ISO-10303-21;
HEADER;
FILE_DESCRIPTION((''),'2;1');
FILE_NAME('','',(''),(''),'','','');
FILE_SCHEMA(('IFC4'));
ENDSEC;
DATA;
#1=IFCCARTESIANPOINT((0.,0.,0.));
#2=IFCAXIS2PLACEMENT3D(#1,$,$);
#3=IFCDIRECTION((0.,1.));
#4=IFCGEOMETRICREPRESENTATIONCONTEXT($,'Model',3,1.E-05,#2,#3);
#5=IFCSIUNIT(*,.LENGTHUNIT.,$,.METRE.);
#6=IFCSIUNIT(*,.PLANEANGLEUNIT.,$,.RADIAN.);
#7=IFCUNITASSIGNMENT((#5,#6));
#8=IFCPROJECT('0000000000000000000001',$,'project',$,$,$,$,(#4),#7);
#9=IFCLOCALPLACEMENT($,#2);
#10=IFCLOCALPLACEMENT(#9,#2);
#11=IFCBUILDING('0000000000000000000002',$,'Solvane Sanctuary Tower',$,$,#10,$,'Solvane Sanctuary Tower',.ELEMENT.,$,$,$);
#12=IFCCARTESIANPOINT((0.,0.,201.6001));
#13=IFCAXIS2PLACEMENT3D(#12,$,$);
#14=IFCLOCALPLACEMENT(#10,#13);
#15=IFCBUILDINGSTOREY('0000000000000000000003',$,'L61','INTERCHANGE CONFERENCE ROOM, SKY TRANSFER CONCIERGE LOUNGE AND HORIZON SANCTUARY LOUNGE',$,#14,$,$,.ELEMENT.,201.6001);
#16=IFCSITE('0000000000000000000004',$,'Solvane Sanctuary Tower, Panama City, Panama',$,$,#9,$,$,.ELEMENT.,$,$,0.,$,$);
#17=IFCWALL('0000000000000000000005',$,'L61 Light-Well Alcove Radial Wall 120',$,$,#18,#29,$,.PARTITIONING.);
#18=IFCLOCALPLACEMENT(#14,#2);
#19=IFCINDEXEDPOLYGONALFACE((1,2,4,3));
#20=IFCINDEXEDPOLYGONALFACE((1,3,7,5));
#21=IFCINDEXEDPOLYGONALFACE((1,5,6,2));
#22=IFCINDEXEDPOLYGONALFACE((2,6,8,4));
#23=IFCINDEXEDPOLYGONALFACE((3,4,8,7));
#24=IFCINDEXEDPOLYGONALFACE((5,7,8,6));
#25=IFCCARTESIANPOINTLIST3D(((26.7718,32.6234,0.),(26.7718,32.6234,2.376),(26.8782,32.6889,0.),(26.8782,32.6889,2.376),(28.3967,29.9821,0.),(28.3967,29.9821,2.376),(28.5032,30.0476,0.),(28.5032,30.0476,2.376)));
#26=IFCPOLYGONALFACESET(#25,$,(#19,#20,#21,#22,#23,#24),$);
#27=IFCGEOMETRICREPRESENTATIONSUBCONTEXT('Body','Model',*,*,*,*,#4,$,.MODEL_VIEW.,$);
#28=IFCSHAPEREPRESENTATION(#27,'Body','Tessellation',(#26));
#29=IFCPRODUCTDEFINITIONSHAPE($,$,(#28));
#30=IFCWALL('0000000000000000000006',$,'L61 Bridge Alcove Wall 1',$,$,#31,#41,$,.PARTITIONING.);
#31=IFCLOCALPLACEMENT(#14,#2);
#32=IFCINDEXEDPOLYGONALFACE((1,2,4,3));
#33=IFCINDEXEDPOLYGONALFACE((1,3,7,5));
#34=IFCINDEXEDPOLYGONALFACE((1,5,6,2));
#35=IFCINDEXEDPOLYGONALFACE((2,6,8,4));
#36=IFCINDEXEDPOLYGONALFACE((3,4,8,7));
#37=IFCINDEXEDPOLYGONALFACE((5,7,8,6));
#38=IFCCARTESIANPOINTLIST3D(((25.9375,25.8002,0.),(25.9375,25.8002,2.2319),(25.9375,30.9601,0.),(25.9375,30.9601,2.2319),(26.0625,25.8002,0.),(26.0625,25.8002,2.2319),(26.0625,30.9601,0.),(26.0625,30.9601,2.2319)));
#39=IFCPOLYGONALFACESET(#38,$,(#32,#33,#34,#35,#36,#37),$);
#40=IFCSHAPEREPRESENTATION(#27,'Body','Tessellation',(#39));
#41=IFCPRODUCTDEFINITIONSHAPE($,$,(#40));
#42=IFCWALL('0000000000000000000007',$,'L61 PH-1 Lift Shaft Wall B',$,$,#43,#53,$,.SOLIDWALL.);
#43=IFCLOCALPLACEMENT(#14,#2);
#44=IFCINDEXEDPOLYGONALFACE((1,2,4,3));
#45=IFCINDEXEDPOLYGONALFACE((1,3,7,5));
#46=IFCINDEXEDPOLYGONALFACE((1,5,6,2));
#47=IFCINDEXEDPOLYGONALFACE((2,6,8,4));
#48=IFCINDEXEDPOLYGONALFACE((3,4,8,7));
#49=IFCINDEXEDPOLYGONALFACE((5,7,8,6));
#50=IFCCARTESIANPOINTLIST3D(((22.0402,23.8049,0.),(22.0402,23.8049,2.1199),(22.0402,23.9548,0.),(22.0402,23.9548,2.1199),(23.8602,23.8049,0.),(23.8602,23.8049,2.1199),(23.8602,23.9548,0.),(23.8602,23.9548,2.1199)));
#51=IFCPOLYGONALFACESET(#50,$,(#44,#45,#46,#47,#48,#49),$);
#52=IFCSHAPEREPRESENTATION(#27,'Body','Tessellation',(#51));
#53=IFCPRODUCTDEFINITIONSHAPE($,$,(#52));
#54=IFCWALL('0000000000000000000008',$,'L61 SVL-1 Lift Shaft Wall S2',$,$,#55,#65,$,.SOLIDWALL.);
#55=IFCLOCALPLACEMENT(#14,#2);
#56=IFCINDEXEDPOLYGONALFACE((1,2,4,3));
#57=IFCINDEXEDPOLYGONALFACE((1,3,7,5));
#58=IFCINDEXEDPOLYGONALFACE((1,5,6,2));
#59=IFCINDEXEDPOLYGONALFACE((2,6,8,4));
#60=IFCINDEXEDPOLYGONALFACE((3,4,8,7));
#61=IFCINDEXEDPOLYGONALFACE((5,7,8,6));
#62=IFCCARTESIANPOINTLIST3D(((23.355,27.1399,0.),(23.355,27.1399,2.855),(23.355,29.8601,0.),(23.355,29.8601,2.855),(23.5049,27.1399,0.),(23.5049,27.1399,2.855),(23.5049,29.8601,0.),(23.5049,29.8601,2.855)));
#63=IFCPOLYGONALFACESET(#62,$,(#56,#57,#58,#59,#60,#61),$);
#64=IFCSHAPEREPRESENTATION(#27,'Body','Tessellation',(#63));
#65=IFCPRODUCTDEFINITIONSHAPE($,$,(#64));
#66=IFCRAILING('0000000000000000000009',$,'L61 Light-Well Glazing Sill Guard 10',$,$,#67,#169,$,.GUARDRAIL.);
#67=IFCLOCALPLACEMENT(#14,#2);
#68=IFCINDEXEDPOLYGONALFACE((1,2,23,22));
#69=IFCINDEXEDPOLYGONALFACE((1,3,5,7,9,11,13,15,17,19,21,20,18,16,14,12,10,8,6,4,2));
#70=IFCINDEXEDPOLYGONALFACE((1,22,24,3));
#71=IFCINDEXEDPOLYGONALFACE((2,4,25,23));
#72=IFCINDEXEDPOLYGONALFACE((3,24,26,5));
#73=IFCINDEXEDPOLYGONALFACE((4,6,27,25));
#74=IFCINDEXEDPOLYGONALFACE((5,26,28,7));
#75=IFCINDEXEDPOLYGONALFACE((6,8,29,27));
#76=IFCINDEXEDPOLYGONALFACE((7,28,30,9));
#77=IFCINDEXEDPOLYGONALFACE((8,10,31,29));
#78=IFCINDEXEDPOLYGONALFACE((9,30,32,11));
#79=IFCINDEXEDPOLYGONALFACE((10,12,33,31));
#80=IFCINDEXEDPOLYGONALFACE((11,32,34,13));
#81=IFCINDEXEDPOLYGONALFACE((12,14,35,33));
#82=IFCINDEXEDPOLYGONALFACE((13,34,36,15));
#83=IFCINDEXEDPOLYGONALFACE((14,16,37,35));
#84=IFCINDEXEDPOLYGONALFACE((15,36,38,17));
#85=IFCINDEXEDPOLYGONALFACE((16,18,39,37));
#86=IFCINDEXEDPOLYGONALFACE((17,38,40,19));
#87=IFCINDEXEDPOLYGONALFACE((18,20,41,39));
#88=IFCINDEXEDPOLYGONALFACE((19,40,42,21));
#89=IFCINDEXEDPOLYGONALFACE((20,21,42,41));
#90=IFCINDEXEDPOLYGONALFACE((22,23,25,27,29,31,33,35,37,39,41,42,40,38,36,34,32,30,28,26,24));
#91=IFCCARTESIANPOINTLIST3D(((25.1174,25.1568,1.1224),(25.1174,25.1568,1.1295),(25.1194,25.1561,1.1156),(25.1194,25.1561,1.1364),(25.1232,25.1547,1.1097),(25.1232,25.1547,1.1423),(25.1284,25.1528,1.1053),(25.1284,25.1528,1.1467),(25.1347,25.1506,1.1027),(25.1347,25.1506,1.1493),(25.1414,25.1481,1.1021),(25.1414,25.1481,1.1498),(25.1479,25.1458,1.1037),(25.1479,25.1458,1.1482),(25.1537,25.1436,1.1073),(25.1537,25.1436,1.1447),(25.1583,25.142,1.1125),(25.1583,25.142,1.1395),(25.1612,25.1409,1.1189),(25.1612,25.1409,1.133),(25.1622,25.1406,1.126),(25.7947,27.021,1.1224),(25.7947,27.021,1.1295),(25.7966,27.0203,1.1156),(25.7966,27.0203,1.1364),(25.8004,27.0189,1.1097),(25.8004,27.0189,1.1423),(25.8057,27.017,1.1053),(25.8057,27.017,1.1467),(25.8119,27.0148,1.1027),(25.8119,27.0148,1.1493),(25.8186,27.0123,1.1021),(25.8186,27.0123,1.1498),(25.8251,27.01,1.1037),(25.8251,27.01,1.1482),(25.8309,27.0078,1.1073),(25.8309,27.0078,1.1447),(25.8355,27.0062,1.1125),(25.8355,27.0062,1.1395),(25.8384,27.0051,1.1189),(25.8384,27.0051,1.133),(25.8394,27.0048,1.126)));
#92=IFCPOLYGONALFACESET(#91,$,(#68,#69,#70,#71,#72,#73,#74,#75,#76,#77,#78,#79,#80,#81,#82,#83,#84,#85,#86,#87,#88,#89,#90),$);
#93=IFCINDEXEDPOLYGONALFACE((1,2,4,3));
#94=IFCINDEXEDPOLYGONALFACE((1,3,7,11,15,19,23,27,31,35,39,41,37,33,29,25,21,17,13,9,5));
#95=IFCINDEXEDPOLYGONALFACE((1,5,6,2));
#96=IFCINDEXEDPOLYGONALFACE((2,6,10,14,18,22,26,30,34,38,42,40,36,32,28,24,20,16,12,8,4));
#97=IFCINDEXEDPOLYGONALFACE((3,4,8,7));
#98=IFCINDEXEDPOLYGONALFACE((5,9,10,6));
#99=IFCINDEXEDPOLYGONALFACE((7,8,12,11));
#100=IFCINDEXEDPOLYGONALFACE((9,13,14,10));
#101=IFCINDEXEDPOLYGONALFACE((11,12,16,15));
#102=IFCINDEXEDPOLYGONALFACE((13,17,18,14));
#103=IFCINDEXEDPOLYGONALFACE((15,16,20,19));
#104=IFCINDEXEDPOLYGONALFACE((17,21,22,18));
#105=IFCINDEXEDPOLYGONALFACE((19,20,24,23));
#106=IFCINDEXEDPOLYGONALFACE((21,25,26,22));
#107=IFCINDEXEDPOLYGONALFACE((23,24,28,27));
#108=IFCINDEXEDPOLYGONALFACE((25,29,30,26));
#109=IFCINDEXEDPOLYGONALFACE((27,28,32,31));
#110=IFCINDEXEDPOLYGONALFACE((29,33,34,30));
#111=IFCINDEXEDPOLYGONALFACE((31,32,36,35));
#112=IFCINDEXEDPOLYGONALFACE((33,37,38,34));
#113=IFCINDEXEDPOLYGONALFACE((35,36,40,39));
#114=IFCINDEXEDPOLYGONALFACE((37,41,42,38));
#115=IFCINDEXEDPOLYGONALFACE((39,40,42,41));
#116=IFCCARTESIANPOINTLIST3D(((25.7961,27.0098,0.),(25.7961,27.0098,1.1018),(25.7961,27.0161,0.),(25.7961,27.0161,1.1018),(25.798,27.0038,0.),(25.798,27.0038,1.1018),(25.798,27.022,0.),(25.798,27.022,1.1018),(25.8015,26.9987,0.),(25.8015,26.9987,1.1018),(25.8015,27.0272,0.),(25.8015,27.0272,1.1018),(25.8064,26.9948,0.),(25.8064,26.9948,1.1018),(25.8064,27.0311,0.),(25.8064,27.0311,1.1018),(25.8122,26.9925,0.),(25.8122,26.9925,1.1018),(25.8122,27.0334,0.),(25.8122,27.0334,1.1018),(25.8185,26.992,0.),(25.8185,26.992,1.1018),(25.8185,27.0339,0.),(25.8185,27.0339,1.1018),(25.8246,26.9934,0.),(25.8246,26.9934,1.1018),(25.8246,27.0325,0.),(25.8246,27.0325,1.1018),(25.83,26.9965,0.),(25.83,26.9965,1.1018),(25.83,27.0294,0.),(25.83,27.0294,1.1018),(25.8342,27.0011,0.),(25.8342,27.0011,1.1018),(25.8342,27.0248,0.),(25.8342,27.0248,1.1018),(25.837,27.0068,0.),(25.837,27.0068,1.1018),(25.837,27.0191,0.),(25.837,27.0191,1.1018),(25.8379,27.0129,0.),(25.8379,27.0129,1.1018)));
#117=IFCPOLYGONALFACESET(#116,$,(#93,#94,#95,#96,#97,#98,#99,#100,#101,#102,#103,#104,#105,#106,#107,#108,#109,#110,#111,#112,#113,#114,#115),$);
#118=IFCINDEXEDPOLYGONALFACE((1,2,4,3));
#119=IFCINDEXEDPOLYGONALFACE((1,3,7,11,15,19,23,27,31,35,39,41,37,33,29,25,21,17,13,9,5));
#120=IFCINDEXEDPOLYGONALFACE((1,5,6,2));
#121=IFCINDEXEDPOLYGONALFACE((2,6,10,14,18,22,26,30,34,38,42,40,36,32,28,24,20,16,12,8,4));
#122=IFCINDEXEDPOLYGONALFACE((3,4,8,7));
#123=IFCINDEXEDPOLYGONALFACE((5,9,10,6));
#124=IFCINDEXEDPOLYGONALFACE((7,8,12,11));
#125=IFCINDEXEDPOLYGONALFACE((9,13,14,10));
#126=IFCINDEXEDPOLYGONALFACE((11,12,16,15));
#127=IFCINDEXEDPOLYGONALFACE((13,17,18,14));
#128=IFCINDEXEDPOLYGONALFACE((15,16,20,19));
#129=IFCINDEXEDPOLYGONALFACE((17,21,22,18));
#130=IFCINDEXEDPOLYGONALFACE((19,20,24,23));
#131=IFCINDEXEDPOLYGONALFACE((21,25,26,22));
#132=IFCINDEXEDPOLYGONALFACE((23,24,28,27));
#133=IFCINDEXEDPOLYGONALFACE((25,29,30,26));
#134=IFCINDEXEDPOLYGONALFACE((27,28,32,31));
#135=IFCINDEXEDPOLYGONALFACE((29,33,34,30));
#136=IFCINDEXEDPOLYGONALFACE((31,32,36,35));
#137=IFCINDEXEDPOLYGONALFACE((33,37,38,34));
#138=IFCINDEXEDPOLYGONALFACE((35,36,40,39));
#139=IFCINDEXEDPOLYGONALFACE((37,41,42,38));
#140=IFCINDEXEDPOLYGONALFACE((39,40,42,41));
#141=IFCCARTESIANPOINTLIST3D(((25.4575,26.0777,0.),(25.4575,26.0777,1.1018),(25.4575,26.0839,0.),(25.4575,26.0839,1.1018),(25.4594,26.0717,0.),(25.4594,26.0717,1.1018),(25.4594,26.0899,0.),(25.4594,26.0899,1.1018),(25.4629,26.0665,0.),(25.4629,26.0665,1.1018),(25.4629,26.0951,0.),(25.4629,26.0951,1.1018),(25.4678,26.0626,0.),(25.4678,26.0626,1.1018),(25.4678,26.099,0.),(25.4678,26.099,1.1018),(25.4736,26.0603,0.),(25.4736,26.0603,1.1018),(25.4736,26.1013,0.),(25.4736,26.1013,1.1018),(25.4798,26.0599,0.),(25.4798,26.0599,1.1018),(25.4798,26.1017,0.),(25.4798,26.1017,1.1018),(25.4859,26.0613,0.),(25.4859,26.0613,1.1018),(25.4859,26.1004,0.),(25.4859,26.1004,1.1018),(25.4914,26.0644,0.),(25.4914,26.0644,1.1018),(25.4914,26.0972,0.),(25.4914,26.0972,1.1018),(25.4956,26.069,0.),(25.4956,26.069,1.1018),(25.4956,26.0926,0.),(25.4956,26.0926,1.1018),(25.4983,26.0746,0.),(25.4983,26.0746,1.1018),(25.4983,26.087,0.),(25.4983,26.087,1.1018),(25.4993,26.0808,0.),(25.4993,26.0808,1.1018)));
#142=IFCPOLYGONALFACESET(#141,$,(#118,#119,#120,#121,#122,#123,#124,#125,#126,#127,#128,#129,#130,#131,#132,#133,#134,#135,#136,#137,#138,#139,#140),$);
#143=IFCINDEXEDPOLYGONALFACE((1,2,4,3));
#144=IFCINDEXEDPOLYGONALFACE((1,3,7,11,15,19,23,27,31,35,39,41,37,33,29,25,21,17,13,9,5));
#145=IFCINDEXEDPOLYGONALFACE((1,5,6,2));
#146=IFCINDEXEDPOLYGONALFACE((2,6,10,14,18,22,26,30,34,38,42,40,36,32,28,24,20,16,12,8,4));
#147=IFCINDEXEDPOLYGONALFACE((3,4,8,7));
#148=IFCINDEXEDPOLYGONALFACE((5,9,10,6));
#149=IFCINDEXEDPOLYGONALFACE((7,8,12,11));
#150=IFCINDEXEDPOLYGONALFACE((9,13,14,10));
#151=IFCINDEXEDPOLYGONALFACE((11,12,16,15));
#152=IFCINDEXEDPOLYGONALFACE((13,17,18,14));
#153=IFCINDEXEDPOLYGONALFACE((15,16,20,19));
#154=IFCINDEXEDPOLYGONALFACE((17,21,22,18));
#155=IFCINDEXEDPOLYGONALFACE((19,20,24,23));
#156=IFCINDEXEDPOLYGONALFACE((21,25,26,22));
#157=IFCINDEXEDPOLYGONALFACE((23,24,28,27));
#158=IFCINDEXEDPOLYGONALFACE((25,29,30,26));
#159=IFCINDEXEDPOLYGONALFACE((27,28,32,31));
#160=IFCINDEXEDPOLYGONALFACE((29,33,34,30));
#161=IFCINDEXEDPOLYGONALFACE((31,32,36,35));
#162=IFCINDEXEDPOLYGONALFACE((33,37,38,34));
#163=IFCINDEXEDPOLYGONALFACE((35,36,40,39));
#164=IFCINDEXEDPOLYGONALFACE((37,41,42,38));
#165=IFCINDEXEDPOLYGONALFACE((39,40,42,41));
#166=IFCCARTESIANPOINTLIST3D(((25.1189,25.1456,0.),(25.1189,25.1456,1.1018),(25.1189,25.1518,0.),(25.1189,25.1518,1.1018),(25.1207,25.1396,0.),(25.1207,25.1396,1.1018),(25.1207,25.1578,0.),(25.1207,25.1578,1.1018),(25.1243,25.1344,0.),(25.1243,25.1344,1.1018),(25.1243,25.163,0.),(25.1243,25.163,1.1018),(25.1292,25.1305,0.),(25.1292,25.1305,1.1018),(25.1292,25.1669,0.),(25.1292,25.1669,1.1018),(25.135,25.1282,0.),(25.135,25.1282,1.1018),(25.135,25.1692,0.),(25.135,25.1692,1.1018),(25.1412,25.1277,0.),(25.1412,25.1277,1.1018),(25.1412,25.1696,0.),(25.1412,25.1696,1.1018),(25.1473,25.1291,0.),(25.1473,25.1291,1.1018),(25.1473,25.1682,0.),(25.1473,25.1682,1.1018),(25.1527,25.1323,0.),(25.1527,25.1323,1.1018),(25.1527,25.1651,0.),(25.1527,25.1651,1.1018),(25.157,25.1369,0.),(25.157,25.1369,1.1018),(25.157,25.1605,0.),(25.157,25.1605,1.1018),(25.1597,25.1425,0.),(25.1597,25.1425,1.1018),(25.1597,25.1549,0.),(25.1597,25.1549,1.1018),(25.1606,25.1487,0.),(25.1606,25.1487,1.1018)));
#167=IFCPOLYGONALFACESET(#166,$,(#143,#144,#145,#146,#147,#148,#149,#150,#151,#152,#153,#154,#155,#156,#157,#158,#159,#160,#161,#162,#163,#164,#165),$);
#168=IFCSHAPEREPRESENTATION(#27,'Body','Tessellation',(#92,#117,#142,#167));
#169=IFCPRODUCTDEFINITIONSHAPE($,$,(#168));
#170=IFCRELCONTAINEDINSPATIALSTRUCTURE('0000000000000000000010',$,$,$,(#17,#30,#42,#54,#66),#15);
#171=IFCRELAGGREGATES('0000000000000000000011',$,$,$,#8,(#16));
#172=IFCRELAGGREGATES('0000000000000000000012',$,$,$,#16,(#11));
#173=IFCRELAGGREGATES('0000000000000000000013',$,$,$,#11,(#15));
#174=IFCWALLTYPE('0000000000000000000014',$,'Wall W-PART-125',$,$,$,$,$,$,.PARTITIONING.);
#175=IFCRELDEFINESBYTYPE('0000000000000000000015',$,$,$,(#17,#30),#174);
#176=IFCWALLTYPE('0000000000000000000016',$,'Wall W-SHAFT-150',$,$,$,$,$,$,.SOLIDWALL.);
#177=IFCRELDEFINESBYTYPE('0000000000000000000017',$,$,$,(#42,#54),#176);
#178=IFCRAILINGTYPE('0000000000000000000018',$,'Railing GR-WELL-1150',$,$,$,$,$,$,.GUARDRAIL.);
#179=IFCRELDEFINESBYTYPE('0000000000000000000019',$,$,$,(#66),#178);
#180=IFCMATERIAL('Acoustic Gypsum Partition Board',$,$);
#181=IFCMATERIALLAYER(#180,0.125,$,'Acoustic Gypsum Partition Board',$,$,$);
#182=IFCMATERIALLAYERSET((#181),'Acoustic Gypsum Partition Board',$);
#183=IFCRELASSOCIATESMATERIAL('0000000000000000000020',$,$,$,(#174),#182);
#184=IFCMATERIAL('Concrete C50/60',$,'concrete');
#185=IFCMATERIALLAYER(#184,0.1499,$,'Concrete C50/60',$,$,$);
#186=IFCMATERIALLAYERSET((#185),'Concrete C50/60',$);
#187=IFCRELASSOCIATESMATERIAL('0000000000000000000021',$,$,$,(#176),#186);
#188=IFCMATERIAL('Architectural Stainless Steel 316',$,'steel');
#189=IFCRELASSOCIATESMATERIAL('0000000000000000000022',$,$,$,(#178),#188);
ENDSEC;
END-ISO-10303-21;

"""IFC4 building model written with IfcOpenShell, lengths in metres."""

from ifc_helpers import new_model, si_unit, direction, frame, frame_2d, origin, origin_2d, place, context, subcontext, project, spatial, rectangle, circle, extrude, material, layer, layer_set, type_object, element, save


model = new_model("IFC4")

# Units and contexts
model_context = context("Model", 3, precision=1e-05, world=origin(), true_north=direction((0.0, 1.0)))
body_context = subcontext(model_context, "Body", "Model", "MODEL_VIEW")
ifc_project = project(units=[si_unit("LENGTHUNIT", "METRE"), si_unit("PLANEANGLEUNIT", "RADIAN")], contexts=[model_context])

# Site, building, storey
site_placement = place(None, origin())
site = spatial("IfcSite", under=ifc_project, at=site_placement, Name="Solvane Sanctuary Tower, Panama City, Panama", CompositionType="ELEMENT", RefElevation=0.0)
building_placement = place(site_placement, origin())
building = spatial("IfcBuilding", under=site, at=building_placement, Name="Solvane Sanctuary Tower", LongName="Solvane Sanctuary Tower", CompositionType="ELEMENT")
storey_placement = place(building_placement, frame((0.0, 0.0, 201.6001)))
storey = spatial("IfcBuildingStorey", under=building, at=storey_placement, Name="L61", Description="INTERCHANGE CONFERENCE ROOM, SKY TRANSFER CONCIERGE LOUNGE AND HORIZON SANCTUARY LOUNGE", CompositionType="ELEMENT", Elevation=201.6001)

# Shared definitions
ifc_material_1 = material(Name="Concrete C50/60", Category="concrete")

# Shared definitions
ifc_material_2 = material(Name="Acoustic Gypsum Partition Board")
ifc_material_3 = material(Name="Architectural Stainless Steel 316", Category="steel")

# Walls
ifc_layer_1 = layer(ifc_material_2, 0.125, Name="Acoustic Gypsum Partition Board")
ifc_layer_set_1 = layer_set([ifc_layer_1], Name="Acoustic Gypsum Partition Board")
wall_type_1 = type_object("IfcWallType", Name="Wall W-PART-125", PredefinedType="PARTITIONING", material=ifc_layer_set_1)
wall_1_placement = place(storey_placement, frame((28.45, 30.0149, 0.0), z_axis=(0.0, 0.0, 1.0), x_axis=(-0.523992, 0.851723, 0.0)))
element("IfcWall", 1, at=wall_1_placement, inside=storey, type_object=wall_type_1, Name="L61 Light-Well Alcove Radial Wall 120", PredefinedType="PARTITIONING", context=body_context, shape_type="SweptSolid", body=[
    extrude(rectangle(XDim=3.1011, YDim=0.125, at=frame_2d((1.5505, 0.0))), origin(), (0.0, 0.0, 1.0), 2.376),
])
wall_2_placement = place(storey_placement, frame((26.0, 25.8, 0.0), z_axis=(0.0, 0.0, 1.0), x_axis=(0.0, 1.0, 0.0)))
element("IfcWall", 2, at=wall_2_placement, inside=storey, type_object=wall_type_1, Name="L61 Bridge Alcove Wall 1", PredefinedType="PARTITIONING", context=body_context, shape_type="SweptSolid", body=[
    extrude(rectangle(XDim=5.1599, YDim=0.125, at=frame_2d((2.5801, 0.0))), origin(), (0.0, 0.0, 1.0), 2.2319),
])
ifc_layer_2 = layer(ifc_material_1, 0.1499, Name="Concrete C50/60")
ifc_layer_set_2 = layer_set([ifc_layer_2], Name="Concrete C50/60")
wall_type_2 = type_object("IfcWallType", Name="Wall W-SHAFT-150", PredefinedType="SOLIDWALL", material=ifc_layer_set_2)
wall_3_placement = place(storey_placement, frame((22.04, 23.8799, 0.0), z_axis=(0.0, 0.0, 1.0), x_axis=(1.0, 0.0, 0.0)))
element("IfcWall", 3, at=wall_3_placement, inside=storey, type_object=wall_type_2, Name="L61 PH-1 Lift Shaft Wall B", PredefinedType="SOLIDWALL", context=body_context, shape_type="SweptSolid", body=[
    extrude(rectangle(XDim=1.8201, YDim=0.1499, at=frame_2d((0.9102, 0.0))), origin(), (0.0, 0.0, 1.0), 2.1199),
])
wall_4_placement = place(storey_placement, frame((23.4299, 27.1399, 0.0), z_axis=(0.0, 0.0, 1.0), x_axis=(0.0, 1.0, 0.0)))
element("IfcWall", 4, at=wall_4_placement, inside=storey, type_object=wall_type_2, Name="L61 SVL-1 Lift Shaft Wall S2", PredefinedType="SOLIDWALL", context=body_context, shape_type="SweptSolid", body=[
    extrude(rectangle(XDim=2.7202, YDim=0.1499, at=frame_2d((1.3601, 0.0))), origin(), (0.0, 0.0, 1.0), 2.855),
])

# Railing
railing_type = type_object("IfcRailingType", Name="Railing GR-WELL-1150", PredefinedType="GUARDRAIL", material=ifc_material_3)
railing_placement = place(storey_placement, frame((25.8169, 27.0129, 0.0)))
element("IfcRailing", 5, at=railing_placement, inside=storey, type_object=railing_type, Name="L61 Light-Well Glazing Sill Guard 10", PredefinedType="GUARDRAIL", context=body_context, shape_type="SweptSolid", body=[
    extrude(circle(Radius=0.0239, at=origin_2d()), frame((0.0, 0.0, 1.126), z_axis=(-0.341447, -0.939901, 0.0), x_axis=(0.939901, -0.341447, 0.0)), (0.0, 0.0, 1.0), 1.9834),
    extrude(circle(Radius=0.021, at=origin_2d()), origin(), (0.0, 0.0, 1.0), 1.1018),
    extrude(circle(Radius=0.021, at=origin_2d()), frame((-0.3386, -0.9321, 0.0)), (0.0, 0.0, 1.0), 1.1018),
    extrude(circle(Radius=0.021, at=origin_2d()), frame((-0.6772, -1.8643, 0.0)), (0.0, 0.0, 1.0), 1.1018),
])

save(model, "model.ifc")
